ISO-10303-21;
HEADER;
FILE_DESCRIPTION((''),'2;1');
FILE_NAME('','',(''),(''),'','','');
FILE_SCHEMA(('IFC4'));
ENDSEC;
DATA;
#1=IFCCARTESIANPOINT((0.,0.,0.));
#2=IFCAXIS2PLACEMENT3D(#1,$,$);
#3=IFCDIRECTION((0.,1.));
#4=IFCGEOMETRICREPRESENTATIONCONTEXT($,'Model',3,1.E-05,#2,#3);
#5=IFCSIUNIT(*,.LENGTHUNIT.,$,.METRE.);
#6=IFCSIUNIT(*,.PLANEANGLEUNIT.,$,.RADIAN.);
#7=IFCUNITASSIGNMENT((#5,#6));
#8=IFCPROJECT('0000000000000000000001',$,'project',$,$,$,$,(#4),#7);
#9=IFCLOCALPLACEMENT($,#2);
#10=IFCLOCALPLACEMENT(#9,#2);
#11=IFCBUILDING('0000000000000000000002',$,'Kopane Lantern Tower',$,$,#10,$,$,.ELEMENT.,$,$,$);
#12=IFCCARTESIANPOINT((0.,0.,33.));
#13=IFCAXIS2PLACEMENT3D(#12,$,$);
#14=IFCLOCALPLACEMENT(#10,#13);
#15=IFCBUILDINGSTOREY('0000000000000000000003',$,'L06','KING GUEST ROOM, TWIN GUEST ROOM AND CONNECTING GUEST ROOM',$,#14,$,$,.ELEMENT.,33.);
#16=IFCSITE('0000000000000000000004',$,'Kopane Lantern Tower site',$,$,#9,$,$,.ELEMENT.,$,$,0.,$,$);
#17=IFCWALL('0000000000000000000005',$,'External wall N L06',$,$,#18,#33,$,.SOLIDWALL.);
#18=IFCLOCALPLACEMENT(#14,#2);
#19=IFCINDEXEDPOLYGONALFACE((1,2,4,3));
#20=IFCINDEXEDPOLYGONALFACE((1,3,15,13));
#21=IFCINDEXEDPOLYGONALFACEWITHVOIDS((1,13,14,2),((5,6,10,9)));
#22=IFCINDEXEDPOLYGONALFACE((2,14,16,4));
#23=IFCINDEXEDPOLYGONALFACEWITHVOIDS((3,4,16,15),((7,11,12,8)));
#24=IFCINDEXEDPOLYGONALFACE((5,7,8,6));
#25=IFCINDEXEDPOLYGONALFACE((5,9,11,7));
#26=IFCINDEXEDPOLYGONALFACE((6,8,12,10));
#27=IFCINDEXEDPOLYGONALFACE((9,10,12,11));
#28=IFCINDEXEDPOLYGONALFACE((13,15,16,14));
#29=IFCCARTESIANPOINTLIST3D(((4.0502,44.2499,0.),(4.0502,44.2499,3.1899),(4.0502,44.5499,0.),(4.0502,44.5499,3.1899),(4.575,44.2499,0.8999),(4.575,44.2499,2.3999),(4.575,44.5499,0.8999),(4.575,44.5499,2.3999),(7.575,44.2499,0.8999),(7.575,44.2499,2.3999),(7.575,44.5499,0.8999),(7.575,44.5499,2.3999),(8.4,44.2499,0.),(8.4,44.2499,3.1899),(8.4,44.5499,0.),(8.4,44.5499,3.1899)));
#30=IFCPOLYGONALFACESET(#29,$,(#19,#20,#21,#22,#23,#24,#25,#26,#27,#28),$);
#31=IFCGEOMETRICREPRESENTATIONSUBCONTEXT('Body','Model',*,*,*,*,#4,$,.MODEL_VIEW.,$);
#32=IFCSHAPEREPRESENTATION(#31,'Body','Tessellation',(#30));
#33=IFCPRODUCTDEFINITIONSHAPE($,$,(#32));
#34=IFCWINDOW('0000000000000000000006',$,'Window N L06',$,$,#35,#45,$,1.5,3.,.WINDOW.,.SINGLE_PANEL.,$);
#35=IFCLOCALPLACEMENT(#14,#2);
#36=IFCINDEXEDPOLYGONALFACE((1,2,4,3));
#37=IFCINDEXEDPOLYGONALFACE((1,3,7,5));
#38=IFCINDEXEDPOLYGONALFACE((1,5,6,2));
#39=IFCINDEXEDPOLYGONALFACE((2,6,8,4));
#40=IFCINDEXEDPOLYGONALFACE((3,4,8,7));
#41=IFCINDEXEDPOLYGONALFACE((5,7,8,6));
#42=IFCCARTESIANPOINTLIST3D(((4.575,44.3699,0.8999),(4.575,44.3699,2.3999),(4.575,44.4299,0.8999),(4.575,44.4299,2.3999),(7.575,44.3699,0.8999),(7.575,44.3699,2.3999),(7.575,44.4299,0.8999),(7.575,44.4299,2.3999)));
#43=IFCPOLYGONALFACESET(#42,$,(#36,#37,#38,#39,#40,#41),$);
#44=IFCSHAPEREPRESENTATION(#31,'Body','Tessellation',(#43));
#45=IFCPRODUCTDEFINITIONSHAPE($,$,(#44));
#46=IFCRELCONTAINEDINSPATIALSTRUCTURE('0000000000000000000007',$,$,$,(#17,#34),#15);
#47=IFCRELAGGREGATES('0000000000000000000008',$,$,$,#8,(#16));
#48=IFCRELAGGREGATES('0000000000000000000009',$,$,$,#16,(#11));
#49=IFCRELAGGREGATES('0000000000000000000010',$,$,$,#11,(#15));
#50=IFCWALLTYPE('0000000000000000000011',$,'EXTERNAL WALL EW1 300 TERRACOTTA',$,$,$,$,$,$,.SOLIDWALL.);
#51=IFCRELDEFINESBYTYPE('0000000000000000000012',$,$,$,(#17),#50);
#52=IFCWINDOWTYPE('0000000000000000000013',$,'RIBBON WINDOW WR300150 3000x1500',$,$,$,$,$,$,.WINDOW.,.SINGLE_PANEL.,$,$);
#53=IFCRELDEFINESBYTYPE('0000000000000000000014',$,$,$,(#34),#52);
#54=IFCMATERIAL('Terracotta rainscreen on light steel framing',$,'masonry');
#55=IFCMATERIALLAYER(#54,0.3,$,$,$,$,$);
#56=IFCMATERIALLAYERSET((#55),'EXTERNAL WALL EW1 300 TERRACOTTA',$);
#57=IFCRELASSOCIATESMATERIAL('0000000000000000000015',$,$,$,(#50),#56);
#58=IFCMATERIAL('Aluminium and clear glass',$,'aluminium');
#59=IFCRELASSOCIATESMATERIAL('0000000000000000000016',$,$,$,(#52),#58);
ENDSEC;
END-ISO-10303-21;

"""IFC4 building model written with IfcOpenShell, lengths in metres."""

from ifc_helpers import new_model, si_unit, direction, frame, frame_2d, origin, place, context, subcontext, project, spatial, rectangle, extrude, material, layer, layer_set, type_object, element, fill, save


model = new_model("IFC4")

# Units and contexts
model_context = context("Model", 3, precision=1e-05, world=origin(), true_north=direction((0.0, 1.0)))
body_context = subcontext(model_context, "Body", "Model", "MODEL_VIEW")
ifc_project = project(units=[si_unit("LENGTHUNIT", "METRE"), si_unit("PLANEANGLEUNIT", "RADIAN")], contexts=[model_context])

# Site, building, storey
site_placement = place(None, origin())
site = spatial("IfcSite", under=ifc_project, at=site_placement, Name="Kopane Lantern Tower site", CompositionType="ELEMENT", RefElevation=0.0)
building_placement = place(site_placement, origin())
building = spatial("IfcBuilding", under=site, at=building_placement, Name="Kopane Lantern Tower", CompositionType="ELEMENT")
storey_placement = place(building_placement, frame((0.0, 0.0, 33.0)))
storey = spatial("IfcBuildingStorey", under=building, at=storey_placement, Name="L06", Description="KING GUEST ROOM, TWIN GUEST ROOM AND CONNECTING GUEST ROOM", CompositionType="ELEMENT", Elevation=33.0)

# Wall, opening, window
ifc_material_1 = material(Name="Terracotta rainscreen on light steel framing", Category="masonry")
ifc_layer_1 = layer(ifc_material_1, 0.3)
ifc_layer_set_1 = layer_set([ifc_layer_1], Name="EXTERNAL WALL EW1 300 TERRACOTTA")
wall_type_1 = type_object("IfcWallType", Name="EXTERNAL WALL EW1 300 TERRACOTTA", PredefinedType="SOLIDWALL", material=ifc_layer_set_1)
ifc_material_2 = material(Name="Aluminium and clear glass", Category="aluminium")
window_type = type_object("IfcWindowType", Name="RIBBON WINDOW WR300150 3000x1500", PartitioningType="SINGLE_PANEL", PredefinedType="WINDOW", material=ifc_material_2)
wall_1_placement = place(storey_placement, frame((8.3999, 44.3999, 0.0), z_axis=(0.0, 0.0, 1.0), x_axis=(-1.0, 0.0, 0.0)))
wall_1 = element("IfcWall", 1, at=wall_1_placement, inside=storey, type_object=wall_type_1, Name="External wall N L06", PredefinedType="SOLIDWALL", context=body_context, shape_type="SweptSolid", body=[
    extrude(rectangle(XDim=4.3499, YDim=0.3, at=frame_2d((2.1748, 0.0))), origin(), (0.0, 0.0, 1.0), 3.1899),
])
opening_1_placement = place(wall_1_placement, frame((0.825, 0.0, 0.8999)))
opening_1 = element("IfcOpeningElement", 2, at=opening_1_placement, cuts=wall_1, PredefinedType="OPENING", context=body_context, shape_type="SweptSolid", body=[
    extrude(rectangle(XDim=3.0, YDim=1.5, at=frame_2d((1.5, 0.75))), frame((0.0, 0.1599, 0.0), z_axis=(0.0, -1.0, 0.0), x_axis=(1.0, 0.0, 0.0)), (0.0, 0.0, 1.0), 0.3201),
])
window_1_placement = place(opening_1_placement, origin())
window_1 = element("IfcWindow", 3, at=window_1_placement, inside=storey, type_object=window_type, Name="Window N L06", OverallHeight=1.5, OverallWidth=3.0, PartitioningType="SINGLE_PANEL", PredefinedType="WINDOW", context=body_context, shape_type="SweptSolid", body=[
    extrude(rectangle(XDim=3.0, YDim=1.5, at=frame_2d((1.5, 0.75))), frame((0.0, 0.03, 0.0), z_axis=(0.0, -1.0, 0.0), x_axis=(1.0, 0.0, 0.0)), (0.0, 0.0, 1.0), 0.0601),
])
fill(opening_1, window_1)

save(model, "model.ifc")
